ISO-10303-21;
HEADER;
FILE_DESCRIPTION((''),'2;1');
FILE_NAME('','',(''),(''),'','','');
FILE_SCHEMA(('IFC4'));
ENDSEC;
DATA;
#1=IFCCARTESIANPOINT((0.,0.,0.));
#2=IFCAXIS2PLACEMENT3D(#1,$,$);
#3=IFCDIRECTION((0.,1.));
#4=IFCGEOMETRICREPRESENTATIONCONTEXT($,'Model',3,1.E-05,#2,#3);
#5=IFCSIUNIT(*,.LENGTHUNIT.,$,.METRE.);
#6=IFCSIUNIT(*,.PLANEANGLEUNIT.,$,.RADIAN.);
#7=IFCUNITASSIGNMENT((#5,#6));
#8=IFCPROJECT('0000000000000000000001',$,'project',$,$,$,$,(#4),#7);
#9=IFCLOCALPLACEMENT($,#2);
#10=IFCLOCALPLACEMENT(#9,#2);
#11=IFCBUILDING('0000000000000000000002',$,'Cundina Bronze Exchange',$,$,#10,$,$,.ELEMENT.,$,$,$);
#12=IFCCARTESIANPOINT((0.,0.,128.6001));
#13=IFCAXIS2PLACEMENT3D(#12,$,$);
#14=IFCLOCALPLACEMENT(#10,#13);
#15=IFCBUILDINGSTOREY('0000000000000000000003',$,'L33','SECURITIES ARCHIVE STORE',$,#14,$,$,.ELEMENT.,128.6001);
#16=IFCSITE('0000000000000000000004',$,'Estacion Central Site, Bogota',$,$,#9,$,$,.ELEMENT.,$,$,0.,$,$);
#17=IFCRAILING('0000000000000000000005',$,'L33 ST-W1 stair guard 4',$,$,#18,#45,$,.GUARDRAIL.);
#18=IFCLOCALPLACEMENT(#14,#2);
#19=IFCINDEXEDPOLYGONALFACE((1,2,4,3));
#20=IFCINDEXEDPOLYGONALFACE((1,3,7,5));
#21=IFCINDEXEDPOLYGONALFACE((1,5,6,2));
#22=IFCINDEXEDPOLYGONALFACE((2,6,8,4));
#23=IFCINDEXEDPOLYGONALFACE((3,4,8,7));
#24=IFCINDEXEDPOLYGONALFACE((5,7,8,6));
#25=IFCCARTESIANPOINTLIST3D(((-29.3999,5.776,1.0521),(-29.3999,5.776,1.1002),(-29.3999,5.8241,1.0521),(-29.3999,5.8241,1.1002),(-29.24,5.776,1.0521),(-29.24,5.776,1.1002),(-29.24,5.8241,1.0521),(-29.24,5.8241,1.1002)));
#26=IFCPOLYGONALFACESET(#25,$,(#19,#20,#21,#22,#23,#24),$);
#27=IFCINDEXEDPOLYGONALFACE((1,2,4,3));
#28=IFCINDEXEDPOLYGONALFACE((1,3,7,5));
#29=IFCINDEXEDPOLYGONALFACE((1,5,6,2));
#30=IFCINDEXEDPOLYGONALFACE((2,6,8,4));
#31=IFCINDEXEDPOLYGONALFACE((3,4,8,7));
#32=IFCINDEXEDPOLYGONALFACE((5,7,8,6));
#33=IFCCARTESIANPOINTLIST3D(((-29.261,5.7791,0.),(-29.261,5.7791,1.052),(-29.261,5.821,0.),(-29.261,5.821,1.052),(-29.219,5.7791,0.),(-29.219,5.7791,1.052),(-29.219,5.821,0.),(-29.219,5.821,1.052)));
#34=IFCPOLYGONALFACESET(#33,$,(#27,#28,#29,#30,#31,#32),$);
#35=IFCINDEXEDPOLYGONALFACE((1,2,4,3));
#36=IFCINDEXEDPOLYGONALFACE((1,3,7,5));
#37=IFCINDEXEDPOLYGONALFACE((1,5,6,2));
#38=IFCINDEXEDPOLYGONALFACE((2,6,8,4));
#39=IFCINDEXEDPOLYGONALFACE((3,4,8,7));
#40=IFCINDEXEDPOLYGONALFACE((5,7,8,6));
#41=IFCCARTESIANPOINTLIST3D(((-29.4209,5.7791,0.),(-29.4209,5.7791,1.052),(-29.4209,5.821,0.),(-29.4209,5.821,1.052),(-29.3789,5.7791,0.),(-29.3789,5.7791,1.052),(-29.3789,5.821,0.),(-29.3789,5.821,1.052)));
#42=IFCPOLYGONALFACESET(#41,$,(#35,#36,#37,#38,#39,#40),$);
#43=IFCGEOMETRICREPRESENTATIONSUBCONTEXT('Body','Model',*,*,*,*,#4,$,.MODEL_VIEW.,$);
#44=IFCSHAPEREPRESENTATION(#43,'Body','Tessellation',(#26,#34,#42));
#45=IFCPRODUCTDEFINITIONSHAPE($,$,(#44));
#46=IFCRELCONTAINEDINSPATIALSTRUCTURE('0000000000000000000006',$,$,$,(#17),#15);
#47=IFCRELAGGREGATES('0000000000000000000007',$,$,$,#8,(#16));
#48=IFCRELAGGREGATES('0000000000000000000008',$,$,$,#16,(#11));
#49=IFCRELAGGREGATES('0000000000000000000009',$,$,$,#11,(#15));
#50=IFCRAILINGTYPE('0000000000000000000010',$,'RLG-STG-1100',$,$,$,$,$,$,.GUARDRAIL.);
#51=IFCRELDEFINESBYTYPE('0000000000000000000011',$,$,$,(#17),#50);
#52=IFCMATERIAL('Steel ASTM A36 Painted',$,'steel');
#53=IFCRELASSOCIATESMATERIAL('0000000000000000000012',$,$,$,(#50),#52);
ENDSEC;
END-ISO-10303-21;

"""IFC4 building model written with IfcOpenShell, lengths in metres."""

from ifc_helpers import new_model, si_unit, direction, frame, origin, origin_2d, place, context, subcontext, project, spatial, rectangle, extrude, material, type_object, element, save


model = new_model("IFC4")

# Units and contexts
model_context = context("Model", 3, precision=1e-05, world=origin(), true_north=direction((0.0, 1.0)))
body_context = subcontext(model_context, "Body", "Model", "MODEL_VIEW")
ifc_project = project(units=[si_unit("LENGTHUNIT", "METRE"), si_unit("PLANEANGLEUNIT", "RADIAN")], contexts=[model_context])

# Site, building, storey
site_placement = place(None, origin())
site = spatial("IfcSite", under=ifc_project, at=site_placement, Name="Estacion Central Site, Bogota", CompositionType="ELEMENT", RefElevation=0.0)
building_placement = place(site_placement, origin())
building = spatial("IfcBuilding", under=site, at=building_placement, Name="Cundina Bronze Exchange", CompositionType="ELEMENT")
storey_placement = place(building_placement, frame((0.0, 0.0, 128.6001)))
storey = spatial("IfcBuildingStorey", under=building, at=storey_placement, Name="L33", Description="SECURITIES ARCHIVE STORE", CompositionType="ELEMENT", Elevation=128.6001)

# Shared definitions
ifc_material_1 = material(Name="Steel ASTM A36 Painted", Category="steel")

# Railing
railing_type_1 = type_object("IfcRailingType", Name="RLG-STG-1100", PredefinedType="GUARDRAIL", material=ifc_material_1)
railing_1_placement = place(storey_placement, frame((-29.24, 5.8, 0.0)))
element("IfcRailing", 1, at=railing_1_placement, inside=storey, type_object=railing_type_1, Name="L33 ST-W1 stair guard 4", PredefinedType="GUARDRAIL", context=body_context, shape_type="SweptSolid", body=[
    extrude(rectangle(XDim=0.0481, YDim=0.0481, at=origin_2d()), frame((0.0, 0.0, 1.0762), z_axis=(-1.0, 0.0, 0.0), x_axis=(0.0, -1.0, 0.0)), (0.0, 0.0, 1.0), 0.1599),
    extrude(rectangle(XDim=0.042, YDim=0.042, at=origin_2d()), origin(), (0.0, 0.0, 1.0), 1.052),
    extrude(rectangle(XDim=0.042, YDim=0.042, at=origin_2d()), frame((-0.1599, 0.0, 0.0)), (0.0, 0.0, 1.0), 1.052),
])

save(model, "model.ifc")
